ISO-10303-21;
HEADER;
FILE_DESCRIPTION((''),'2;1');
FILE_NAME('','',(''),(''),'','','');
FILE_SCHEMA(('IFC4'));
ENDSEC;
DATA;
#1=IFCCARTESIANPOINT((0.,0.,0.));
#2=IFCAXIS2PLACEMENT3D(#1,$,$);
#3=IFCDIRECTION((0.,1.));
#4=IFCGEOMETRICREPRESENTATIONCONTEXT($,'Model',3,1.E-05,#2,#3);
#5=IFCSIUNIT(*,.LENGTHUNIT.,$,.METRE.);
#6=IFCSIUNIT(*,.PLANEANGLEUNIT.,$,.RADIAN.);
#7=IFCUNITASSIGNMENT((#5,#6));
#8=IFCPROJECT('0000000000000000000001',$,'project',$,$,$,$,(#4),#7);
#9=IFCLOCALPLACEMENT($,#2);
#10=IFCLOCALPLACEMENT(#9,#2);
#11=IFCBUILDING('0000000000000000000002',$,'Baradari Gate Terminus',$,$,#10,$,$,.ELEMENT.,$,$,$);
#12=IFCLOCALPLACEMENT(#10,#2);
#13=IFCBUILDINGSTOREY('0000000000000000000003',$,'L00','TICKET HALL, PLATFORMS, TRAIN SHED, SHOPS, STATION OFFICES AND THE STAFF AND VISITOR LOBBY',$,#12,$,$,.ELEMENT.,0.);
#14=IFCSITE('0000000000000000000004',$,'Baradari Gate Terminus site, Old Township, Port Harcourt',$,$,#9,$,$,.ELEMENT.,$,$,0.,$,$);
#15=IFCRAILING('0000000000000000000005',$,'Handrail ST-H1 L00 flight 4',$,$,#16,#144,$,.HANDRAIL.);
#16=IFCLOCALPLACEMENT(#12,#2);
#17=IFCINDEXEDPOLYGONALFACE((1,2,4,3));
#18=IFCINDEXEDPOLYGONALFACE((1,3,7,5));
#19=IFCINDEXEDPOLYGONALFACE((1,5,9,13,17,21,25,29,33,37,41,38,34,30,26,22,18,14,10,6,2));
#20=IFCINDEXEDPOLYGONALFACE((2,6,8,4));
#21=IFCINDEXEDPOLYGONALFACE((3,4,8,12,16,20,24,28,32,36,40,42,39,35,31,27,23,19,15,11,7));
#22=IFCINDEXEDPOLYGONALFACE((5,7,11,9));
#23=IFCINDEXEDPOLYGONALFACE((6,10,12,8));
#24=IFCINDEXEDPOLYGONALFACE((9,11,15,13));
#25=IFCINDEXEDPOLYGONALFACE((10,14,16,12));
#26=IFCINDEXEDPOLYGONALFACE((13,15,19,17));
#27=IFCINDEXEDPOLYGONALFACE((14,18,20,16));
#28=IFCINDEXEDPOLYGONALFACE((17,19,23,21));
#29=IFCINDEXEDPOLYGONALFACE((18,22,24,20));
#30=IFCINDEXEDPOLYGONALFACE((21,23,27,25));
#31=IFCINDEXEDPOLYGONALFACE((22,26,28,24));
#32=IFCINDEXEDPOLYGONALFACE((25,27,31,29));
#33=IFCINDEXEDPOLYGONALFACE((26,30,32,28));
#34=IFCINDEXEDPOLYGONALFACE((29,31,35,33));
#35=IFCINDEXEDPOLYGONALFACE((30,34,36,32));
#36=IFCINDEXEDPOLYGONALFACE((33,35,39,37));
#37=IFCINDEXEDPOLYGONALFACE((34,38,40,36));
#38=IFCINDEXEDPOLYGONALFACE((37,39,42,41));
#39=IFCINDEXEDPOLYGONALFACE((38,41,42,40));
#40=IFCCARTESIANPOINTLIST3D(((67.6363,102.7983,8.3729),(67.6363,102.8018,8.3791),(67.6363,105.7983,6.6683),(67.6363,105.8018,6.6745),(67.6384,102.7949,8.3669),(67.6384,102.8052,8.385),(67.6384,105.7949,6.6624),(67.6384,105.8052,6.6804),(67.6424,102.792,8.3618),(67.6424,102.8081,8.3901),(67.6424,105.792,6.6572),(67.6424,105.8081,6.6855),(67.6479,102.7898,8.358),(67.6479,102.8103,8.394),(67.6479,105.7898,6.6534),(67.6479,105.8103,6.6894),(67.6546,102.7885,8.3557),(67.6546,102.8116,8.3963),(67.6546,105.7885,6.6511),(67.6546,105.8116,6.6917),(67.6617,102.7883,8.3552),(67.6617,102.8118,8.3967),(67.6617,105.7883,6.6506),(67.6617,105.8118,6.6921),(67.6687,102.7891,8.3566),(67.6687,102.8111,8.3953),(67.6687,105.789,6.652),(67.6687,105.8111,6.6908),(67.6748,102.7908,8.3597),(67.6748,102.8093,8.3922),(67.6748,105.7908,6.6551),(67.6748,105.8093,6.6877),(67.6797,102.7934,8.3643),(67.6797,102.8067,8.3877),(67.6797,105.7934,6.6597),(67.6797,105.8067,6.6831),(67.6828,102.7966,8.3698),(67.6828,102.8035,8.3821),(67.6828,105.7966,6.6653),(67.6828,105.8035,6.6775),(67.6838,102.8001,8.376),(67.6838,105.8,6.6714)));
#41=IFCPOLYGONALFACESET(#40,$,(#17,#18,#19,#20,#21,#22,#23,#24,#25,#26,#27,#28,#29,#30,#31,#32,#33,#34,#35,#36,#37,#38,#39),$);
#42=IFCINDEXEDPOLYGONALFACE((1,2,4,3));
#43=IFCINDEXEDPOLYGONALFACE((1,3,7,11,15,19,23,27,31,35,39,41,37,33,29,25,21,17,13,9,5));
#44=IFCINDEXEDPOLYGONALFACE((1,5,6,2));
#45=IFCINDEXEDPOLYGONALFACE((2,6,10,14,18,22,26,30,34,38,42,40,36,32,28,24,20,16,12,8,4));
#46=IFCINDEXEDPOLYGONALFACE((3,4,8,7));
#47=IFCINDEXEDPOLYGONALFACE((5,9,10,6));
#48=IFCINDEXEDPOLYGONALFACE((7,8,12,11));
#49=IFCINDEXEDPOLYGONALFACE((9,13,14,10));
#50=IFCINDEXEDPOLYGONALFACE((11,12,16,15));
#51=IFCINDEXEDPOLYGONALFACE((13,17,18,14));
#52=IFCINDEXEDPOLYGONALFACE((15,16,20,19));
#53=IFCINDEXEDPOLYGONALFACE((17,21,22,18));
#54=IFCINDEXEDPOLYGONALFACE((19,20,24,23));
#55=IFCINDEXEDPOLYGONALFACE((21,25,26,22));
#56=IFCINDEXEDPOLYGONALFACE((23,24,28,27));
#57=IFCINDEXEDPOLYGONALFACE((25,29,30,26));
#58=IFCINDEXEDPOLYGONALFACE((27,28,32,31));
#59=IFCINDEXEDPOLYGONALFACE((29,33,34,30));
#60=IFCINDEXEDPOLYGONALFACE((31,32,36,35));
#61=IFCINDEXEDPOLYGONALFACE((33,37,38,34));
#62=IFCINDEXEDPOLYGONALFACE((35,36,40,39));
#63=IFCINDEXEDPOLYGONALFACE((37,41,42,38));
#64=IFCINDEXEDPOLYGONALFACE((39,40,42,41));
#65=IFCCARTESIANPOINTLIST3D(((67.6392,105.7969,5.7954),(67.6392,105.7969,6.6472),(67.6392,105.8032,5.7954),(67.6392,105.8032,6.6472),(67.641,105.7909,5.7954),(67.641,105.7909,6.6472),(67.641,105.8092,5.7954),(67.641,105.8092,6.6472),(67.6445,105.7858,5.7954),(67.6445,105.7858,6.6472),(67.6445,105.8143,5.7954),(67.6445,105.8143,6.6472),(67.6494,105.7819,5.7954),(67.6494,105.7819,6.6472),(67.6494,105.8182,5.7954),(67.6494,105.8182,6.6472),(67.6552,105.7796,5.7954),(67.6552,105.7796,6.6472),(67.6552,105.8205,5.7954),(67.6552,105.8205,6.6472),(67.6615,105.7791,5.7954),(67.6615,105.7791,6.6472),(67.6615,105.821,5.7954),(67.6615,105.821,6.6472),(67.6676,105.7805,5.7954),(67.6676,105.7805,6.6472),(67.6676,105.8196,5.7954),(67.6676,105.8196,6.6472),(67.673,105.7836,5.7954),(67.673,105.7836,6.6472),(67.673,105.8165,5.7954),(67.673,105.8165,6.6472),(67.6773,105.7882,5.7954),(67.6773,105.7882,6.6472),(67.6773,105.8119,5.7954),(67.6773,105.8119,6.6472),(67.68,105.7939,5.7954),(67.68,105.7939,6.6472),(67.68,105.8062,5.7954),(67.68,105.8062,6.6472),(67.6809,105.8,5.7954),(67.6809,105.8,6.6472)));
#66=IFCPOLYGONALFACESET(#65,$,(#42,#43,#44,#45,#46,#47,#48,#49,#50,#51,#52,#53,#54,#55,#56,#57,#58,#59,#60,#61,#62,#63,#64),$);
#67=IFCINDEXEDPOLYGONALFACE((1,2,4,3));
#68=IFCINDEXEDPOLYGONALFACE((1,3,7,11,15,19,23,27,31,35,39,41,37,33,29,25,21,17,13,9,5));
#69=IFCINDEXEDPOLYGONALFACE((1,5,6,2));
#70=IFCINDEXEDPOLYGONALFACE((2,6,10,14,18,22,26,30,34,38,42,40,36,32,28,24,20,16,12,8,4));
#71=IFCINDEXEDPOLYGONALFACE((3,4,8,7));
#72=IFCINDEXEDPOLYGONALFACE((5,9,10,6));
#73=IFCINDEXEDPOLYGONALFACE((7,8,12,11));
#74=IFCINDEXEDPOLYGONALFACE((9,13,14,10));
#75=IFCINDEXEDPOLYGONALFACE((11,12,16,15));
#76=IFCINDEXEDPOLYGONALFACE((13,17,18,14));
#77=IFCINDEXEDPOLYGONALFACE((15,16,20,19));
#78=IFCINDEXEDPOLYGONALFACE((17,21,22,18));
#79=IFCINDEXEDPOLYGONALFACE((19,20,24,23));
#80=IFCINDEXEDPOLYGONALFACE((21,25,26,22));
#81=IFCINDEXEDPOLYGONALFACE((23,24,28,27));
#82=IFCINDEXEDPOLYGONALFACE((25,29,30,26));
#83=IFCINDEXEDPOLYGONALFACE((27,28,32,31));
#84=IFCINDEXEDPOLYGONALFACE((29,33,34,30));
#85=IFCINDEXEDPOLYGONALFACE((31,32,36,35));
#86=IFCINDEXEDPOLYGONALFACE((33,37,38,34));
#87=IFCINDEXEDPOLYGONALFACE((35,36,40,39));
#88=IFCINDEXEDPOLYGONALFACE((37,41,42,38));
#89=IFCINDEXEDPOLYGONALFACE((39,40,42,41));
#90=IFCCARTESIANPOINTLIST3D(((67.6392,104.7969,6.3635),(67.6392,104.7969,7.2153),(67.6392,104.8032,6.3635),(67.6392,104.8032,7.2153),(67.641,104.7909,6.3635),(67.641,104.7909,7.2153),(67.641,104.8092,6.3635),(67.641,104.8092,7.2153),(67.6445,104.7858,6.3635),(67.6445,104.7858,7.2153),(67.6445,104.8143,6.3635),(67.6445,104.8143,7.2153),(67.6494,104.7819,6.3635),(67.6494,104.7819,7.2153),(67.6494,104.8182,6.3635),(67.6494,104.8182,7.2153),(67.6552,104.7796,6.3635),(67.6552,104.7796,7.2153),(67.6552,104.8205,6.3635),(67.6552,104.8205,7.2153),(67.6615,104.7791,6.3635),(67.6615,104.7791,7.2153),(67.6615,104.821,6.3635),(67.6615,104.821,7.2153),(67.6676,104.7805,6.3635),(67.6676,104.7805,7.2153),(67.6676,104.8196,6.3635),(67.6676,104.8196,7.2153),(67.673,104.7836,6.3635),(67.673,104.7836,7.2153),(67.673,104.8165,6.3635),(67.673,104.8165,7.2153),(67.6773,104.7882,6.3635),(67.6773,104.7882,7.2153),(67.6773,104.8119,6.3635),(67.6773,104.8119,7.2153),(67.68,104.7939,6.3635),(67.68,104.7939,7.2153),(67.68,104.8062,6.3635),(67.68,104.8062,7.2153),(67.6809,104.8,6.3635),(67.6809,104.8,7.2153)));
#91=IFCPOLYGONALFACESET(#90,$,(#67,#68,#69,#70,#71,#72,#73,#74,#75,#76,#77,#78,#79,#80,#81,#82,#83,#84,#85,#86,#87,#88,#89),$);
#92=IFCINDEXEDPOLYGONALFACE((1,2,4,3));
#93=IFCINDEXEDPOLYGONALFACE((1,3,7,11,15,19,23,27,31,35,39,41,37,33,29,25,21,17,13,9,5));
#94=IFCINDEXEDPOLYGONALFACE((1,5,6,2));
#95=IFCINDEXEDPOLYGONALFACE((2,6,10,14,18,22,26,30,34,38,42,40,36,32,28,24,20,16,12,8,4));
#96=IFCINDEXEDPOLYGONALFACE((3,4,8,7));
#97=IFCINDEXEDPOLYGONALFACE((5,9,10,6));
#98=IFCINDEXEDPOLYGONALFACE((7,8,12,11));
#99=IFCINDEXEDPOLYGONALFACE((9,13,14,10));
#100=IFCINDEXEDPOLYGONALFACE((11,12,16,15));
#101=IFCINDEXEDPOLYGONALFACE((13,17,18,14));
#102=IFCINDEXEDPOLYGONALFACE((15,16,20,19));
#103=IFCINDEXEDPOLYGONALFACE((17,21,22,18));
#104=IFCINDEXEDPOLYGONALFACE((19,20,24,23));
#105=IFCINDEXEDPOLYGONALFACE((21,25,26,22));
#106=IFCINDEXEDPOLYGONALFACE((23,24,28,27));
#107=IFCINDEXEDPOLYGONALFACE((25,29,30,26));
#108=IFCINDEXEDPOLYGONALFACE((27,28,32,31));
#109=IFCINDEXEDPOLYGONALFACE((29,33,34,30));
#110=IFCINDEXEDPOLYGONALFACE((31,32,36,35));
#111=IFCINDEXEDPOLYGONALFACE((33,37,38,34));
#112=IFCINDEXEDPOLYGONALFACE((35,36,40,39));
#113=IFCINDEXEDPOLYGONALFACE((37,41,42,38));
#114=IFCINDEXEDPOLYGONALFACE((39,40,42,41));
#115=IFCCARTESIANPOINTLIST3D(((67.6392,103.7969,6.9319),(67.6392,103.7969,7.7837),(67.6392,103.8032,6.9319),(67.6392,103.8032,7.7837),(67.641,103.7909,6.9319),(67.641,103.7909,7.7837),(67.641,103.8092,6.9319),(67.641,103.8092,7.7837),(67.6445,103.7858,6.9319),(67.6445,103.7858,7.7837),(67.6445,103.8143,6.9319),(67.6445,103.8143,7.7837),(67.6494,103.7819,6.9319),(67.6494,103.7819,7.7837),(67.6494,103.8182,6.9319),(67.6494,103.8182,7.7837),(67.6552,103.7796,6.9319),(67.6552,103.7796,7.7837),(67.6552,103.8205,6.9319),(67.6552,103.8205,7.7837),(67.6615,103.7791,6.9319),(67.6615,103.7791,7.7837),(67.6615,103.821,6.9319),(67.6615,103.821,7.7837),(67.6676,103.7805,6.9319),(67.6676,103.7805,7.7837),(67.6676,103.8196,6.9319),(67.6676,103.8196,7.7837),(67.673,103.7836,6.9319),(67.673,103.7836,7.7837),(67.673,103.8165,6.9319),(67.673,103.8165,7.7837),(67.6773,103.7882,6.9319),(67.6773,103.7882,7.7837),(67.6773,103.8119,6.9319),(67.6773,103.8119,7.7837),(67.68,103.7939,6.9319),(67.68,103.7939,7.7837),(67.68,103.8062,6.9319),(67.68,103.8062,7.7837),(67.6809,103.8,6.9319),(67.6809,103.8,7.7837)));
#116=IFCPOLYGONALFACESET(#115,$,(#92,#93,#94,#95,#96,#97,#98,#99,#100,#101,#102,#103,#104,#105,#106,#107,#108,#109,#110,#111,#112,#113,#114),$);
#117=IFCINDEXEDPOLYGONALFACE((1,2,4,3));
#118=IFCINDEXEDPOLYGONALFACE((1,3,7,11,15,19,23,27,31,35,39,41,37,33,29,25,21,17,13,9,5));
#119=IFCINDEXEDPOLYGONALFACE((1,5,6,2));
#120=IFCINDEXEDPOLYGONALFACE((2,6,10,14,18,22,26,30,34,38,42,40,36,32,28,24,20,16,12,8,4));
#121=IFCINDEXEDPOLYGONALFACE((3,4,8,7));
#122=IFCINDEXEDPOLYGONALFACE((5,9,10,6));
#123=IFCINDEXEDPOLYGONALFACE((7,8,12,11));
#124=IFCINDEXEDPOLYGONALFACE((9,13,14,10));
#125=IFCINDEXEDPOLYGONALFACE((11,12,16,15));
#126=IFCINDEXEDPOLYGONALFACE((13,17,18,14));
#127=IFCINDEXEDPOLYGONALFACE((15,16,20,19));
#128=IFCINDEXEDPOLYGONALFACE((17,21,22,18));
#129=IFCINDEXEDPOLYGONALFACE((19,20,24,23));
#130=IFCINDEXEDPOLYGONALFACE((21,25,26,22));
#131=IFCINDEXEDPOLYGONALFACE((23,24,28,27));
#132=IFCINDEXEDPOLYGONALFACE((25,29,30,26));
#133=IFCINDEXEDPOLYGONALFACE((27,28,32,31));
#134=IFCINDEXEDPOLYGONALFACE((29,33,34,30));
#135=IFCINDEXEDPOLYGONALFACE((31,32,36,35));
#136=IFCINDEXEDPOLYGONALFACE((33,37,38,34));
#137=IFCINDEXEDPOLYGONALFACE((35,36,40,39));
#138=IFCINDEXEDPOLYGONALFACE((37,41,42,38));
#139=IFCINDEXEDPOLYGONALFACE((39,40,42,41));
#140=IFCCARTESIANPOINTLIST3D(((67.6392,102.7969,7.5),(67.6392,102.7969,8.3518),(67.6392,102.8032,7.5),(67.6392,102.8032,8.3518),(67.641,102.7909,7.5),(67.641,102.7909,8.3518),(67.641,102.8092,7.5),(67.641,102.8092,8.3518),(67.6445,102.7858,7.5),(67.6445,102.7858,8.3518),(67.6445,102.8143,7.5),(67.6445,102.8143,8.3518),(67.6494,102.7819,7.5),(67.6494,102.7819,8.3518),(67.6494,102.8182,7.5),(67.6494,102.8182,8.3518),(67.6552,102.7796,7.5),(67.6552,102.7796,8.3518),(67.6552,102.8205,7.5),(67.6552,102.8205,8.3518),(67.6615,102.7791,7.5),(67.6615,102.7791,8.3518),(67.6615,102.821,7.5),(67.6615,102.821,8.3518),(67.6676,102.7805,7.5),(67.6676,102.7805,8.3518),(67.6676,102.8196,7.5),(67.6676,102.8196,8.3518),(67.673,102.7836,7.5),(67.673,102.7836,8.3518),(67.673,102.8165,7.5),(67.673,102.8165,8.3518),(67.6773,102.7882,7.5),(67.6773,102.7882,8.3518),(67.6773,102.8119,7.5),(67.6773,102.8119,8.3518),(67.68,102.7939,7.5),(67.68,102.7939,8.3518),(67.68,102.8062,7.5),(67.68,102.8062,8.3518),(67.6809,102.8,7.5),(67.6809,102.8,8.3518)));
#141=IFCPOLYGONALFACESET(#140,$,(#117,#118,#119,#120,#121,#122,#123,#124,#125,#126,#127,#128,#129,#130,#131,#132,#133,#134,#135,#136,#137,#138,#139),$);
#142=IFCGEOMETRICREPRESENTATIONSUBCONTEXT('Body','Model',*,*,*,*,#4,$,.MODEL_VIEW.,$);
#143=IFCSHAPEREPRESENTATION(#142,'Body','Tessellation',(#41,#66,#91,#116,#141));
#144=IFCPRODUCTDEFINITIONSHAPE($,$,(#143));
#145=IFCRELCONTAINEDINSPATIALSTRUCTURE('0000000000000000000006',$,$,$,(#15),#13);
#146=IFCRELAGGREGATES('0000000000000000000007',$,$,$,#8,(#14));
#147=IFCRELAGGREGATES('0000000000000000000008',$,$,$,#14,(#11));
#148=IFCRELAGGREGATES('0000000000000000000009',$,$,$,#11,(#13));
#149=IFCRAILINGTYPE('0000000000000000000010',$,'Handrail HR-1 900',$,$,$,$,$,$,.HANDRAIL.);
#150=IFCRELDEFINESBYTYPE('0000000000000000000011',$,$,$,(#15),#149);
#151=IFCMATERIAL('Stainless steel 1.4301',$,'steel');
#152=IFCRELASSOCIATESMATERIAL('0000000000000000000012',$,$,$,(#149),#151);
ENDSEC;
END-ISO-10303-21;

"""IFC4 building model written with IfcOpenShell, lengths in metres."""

from ifc_helpers import new_model, si_unit, direction, frame, origin, origin_2d, place, context, subcontext, project, spatial, circle, extrude, material, type_object, element, save


model = new_model("IFC4")

# Units and contexts
model_context = context("Model", 3, precision=1e-05, world=origin(), true_north=direction((0.0, 1.0)))
body_context = subcontext(model_context, "Body", "Model", "MODEL_VIEW")
ifc_project = project(units=[si_unit("LENGTHUNIT", "METRE"), si_unit("PLANEANGLEUNIT", "RADIAN")], contexts=[model_context])

# Site, building, storey
site_placement = place(None, origin())
site = spatial("IfcSite", under=ifc_project, at=site_placement, Name="Baradari Gate Terminus site, Old Township, Port Harcourt", CompositionType="ELEMENT", RefElevation=0.0)
building_placement = place(site_placement, origin())
building = spatial("IfcBuilding", under=site, at=building_placement, Name="Baradari Gate Terminus", CompositionType="ELEMENT")
storey_placement = place(building_placement, origin())
storey = spatial("IfcBuildingStorey", under=building, at=storey_placement, Name="L00", Description="TICKET HALL, PLATFORMS, TRAIN SHED, SHOPS, STATION OFFICES AND THE STAFF AND VISITOR LOBBY", CompositionType="ELEMENT", Elevation=0.0)

# Railing
ifc_material_1 = material(Name="Stainless steel 1.4301", Category="steel")
railing_type_1 = type_object("IfcRailingType", Name="Handrail HR-1 900", PredefinedType="HANDRAIL", material=ifc_material_1)
for number, where, name in (
    (1, (67.6599, 105.8, 5.7954), "Handrail ST-H1 L00 flight 4"),
):
    element("IfcRailing", number, at=place(storey_placement, frame(where)), inside=storey, type_object=railing_type_1, Name=name, PredefinedType="HANDRAIL", context=body_context, shape_type="SweptSolid", body=[
        extrude(circle(Radius=0.0239, at=origin_2d()), frame((0.0, 0.0, 0.876), z_axis=(0.0, -0.869451, 0.494019), x_axis=(1.0, 0.0, 0.0)), (0.0, 0.0, 1.0), 3.4504),
        extrude(circle(Radius=0.021, at=origin_2d()), origin(), (0.0, 0.0, 1.0), 0.8518),
        extrude(circle(Radius=0.021, at=origin_2d()), frame((0.0, -1.0, 0.5681)), (0.0, 0.0, 1.0), 0.8518),
        extrude(circle(Radius=0.021, at=origin_2d()), frame((0.0, -2.0, 1.1365)), (0.0, 0.0, 1.0), 0.8518),
        extrude(circle(Radius=0.021, at=origin_2d()), frame((0.0, -3.0, 1.7046)), (0.0, 0.0, 1.0), 0.8518),
    ])

save(model, "model.ifc")
